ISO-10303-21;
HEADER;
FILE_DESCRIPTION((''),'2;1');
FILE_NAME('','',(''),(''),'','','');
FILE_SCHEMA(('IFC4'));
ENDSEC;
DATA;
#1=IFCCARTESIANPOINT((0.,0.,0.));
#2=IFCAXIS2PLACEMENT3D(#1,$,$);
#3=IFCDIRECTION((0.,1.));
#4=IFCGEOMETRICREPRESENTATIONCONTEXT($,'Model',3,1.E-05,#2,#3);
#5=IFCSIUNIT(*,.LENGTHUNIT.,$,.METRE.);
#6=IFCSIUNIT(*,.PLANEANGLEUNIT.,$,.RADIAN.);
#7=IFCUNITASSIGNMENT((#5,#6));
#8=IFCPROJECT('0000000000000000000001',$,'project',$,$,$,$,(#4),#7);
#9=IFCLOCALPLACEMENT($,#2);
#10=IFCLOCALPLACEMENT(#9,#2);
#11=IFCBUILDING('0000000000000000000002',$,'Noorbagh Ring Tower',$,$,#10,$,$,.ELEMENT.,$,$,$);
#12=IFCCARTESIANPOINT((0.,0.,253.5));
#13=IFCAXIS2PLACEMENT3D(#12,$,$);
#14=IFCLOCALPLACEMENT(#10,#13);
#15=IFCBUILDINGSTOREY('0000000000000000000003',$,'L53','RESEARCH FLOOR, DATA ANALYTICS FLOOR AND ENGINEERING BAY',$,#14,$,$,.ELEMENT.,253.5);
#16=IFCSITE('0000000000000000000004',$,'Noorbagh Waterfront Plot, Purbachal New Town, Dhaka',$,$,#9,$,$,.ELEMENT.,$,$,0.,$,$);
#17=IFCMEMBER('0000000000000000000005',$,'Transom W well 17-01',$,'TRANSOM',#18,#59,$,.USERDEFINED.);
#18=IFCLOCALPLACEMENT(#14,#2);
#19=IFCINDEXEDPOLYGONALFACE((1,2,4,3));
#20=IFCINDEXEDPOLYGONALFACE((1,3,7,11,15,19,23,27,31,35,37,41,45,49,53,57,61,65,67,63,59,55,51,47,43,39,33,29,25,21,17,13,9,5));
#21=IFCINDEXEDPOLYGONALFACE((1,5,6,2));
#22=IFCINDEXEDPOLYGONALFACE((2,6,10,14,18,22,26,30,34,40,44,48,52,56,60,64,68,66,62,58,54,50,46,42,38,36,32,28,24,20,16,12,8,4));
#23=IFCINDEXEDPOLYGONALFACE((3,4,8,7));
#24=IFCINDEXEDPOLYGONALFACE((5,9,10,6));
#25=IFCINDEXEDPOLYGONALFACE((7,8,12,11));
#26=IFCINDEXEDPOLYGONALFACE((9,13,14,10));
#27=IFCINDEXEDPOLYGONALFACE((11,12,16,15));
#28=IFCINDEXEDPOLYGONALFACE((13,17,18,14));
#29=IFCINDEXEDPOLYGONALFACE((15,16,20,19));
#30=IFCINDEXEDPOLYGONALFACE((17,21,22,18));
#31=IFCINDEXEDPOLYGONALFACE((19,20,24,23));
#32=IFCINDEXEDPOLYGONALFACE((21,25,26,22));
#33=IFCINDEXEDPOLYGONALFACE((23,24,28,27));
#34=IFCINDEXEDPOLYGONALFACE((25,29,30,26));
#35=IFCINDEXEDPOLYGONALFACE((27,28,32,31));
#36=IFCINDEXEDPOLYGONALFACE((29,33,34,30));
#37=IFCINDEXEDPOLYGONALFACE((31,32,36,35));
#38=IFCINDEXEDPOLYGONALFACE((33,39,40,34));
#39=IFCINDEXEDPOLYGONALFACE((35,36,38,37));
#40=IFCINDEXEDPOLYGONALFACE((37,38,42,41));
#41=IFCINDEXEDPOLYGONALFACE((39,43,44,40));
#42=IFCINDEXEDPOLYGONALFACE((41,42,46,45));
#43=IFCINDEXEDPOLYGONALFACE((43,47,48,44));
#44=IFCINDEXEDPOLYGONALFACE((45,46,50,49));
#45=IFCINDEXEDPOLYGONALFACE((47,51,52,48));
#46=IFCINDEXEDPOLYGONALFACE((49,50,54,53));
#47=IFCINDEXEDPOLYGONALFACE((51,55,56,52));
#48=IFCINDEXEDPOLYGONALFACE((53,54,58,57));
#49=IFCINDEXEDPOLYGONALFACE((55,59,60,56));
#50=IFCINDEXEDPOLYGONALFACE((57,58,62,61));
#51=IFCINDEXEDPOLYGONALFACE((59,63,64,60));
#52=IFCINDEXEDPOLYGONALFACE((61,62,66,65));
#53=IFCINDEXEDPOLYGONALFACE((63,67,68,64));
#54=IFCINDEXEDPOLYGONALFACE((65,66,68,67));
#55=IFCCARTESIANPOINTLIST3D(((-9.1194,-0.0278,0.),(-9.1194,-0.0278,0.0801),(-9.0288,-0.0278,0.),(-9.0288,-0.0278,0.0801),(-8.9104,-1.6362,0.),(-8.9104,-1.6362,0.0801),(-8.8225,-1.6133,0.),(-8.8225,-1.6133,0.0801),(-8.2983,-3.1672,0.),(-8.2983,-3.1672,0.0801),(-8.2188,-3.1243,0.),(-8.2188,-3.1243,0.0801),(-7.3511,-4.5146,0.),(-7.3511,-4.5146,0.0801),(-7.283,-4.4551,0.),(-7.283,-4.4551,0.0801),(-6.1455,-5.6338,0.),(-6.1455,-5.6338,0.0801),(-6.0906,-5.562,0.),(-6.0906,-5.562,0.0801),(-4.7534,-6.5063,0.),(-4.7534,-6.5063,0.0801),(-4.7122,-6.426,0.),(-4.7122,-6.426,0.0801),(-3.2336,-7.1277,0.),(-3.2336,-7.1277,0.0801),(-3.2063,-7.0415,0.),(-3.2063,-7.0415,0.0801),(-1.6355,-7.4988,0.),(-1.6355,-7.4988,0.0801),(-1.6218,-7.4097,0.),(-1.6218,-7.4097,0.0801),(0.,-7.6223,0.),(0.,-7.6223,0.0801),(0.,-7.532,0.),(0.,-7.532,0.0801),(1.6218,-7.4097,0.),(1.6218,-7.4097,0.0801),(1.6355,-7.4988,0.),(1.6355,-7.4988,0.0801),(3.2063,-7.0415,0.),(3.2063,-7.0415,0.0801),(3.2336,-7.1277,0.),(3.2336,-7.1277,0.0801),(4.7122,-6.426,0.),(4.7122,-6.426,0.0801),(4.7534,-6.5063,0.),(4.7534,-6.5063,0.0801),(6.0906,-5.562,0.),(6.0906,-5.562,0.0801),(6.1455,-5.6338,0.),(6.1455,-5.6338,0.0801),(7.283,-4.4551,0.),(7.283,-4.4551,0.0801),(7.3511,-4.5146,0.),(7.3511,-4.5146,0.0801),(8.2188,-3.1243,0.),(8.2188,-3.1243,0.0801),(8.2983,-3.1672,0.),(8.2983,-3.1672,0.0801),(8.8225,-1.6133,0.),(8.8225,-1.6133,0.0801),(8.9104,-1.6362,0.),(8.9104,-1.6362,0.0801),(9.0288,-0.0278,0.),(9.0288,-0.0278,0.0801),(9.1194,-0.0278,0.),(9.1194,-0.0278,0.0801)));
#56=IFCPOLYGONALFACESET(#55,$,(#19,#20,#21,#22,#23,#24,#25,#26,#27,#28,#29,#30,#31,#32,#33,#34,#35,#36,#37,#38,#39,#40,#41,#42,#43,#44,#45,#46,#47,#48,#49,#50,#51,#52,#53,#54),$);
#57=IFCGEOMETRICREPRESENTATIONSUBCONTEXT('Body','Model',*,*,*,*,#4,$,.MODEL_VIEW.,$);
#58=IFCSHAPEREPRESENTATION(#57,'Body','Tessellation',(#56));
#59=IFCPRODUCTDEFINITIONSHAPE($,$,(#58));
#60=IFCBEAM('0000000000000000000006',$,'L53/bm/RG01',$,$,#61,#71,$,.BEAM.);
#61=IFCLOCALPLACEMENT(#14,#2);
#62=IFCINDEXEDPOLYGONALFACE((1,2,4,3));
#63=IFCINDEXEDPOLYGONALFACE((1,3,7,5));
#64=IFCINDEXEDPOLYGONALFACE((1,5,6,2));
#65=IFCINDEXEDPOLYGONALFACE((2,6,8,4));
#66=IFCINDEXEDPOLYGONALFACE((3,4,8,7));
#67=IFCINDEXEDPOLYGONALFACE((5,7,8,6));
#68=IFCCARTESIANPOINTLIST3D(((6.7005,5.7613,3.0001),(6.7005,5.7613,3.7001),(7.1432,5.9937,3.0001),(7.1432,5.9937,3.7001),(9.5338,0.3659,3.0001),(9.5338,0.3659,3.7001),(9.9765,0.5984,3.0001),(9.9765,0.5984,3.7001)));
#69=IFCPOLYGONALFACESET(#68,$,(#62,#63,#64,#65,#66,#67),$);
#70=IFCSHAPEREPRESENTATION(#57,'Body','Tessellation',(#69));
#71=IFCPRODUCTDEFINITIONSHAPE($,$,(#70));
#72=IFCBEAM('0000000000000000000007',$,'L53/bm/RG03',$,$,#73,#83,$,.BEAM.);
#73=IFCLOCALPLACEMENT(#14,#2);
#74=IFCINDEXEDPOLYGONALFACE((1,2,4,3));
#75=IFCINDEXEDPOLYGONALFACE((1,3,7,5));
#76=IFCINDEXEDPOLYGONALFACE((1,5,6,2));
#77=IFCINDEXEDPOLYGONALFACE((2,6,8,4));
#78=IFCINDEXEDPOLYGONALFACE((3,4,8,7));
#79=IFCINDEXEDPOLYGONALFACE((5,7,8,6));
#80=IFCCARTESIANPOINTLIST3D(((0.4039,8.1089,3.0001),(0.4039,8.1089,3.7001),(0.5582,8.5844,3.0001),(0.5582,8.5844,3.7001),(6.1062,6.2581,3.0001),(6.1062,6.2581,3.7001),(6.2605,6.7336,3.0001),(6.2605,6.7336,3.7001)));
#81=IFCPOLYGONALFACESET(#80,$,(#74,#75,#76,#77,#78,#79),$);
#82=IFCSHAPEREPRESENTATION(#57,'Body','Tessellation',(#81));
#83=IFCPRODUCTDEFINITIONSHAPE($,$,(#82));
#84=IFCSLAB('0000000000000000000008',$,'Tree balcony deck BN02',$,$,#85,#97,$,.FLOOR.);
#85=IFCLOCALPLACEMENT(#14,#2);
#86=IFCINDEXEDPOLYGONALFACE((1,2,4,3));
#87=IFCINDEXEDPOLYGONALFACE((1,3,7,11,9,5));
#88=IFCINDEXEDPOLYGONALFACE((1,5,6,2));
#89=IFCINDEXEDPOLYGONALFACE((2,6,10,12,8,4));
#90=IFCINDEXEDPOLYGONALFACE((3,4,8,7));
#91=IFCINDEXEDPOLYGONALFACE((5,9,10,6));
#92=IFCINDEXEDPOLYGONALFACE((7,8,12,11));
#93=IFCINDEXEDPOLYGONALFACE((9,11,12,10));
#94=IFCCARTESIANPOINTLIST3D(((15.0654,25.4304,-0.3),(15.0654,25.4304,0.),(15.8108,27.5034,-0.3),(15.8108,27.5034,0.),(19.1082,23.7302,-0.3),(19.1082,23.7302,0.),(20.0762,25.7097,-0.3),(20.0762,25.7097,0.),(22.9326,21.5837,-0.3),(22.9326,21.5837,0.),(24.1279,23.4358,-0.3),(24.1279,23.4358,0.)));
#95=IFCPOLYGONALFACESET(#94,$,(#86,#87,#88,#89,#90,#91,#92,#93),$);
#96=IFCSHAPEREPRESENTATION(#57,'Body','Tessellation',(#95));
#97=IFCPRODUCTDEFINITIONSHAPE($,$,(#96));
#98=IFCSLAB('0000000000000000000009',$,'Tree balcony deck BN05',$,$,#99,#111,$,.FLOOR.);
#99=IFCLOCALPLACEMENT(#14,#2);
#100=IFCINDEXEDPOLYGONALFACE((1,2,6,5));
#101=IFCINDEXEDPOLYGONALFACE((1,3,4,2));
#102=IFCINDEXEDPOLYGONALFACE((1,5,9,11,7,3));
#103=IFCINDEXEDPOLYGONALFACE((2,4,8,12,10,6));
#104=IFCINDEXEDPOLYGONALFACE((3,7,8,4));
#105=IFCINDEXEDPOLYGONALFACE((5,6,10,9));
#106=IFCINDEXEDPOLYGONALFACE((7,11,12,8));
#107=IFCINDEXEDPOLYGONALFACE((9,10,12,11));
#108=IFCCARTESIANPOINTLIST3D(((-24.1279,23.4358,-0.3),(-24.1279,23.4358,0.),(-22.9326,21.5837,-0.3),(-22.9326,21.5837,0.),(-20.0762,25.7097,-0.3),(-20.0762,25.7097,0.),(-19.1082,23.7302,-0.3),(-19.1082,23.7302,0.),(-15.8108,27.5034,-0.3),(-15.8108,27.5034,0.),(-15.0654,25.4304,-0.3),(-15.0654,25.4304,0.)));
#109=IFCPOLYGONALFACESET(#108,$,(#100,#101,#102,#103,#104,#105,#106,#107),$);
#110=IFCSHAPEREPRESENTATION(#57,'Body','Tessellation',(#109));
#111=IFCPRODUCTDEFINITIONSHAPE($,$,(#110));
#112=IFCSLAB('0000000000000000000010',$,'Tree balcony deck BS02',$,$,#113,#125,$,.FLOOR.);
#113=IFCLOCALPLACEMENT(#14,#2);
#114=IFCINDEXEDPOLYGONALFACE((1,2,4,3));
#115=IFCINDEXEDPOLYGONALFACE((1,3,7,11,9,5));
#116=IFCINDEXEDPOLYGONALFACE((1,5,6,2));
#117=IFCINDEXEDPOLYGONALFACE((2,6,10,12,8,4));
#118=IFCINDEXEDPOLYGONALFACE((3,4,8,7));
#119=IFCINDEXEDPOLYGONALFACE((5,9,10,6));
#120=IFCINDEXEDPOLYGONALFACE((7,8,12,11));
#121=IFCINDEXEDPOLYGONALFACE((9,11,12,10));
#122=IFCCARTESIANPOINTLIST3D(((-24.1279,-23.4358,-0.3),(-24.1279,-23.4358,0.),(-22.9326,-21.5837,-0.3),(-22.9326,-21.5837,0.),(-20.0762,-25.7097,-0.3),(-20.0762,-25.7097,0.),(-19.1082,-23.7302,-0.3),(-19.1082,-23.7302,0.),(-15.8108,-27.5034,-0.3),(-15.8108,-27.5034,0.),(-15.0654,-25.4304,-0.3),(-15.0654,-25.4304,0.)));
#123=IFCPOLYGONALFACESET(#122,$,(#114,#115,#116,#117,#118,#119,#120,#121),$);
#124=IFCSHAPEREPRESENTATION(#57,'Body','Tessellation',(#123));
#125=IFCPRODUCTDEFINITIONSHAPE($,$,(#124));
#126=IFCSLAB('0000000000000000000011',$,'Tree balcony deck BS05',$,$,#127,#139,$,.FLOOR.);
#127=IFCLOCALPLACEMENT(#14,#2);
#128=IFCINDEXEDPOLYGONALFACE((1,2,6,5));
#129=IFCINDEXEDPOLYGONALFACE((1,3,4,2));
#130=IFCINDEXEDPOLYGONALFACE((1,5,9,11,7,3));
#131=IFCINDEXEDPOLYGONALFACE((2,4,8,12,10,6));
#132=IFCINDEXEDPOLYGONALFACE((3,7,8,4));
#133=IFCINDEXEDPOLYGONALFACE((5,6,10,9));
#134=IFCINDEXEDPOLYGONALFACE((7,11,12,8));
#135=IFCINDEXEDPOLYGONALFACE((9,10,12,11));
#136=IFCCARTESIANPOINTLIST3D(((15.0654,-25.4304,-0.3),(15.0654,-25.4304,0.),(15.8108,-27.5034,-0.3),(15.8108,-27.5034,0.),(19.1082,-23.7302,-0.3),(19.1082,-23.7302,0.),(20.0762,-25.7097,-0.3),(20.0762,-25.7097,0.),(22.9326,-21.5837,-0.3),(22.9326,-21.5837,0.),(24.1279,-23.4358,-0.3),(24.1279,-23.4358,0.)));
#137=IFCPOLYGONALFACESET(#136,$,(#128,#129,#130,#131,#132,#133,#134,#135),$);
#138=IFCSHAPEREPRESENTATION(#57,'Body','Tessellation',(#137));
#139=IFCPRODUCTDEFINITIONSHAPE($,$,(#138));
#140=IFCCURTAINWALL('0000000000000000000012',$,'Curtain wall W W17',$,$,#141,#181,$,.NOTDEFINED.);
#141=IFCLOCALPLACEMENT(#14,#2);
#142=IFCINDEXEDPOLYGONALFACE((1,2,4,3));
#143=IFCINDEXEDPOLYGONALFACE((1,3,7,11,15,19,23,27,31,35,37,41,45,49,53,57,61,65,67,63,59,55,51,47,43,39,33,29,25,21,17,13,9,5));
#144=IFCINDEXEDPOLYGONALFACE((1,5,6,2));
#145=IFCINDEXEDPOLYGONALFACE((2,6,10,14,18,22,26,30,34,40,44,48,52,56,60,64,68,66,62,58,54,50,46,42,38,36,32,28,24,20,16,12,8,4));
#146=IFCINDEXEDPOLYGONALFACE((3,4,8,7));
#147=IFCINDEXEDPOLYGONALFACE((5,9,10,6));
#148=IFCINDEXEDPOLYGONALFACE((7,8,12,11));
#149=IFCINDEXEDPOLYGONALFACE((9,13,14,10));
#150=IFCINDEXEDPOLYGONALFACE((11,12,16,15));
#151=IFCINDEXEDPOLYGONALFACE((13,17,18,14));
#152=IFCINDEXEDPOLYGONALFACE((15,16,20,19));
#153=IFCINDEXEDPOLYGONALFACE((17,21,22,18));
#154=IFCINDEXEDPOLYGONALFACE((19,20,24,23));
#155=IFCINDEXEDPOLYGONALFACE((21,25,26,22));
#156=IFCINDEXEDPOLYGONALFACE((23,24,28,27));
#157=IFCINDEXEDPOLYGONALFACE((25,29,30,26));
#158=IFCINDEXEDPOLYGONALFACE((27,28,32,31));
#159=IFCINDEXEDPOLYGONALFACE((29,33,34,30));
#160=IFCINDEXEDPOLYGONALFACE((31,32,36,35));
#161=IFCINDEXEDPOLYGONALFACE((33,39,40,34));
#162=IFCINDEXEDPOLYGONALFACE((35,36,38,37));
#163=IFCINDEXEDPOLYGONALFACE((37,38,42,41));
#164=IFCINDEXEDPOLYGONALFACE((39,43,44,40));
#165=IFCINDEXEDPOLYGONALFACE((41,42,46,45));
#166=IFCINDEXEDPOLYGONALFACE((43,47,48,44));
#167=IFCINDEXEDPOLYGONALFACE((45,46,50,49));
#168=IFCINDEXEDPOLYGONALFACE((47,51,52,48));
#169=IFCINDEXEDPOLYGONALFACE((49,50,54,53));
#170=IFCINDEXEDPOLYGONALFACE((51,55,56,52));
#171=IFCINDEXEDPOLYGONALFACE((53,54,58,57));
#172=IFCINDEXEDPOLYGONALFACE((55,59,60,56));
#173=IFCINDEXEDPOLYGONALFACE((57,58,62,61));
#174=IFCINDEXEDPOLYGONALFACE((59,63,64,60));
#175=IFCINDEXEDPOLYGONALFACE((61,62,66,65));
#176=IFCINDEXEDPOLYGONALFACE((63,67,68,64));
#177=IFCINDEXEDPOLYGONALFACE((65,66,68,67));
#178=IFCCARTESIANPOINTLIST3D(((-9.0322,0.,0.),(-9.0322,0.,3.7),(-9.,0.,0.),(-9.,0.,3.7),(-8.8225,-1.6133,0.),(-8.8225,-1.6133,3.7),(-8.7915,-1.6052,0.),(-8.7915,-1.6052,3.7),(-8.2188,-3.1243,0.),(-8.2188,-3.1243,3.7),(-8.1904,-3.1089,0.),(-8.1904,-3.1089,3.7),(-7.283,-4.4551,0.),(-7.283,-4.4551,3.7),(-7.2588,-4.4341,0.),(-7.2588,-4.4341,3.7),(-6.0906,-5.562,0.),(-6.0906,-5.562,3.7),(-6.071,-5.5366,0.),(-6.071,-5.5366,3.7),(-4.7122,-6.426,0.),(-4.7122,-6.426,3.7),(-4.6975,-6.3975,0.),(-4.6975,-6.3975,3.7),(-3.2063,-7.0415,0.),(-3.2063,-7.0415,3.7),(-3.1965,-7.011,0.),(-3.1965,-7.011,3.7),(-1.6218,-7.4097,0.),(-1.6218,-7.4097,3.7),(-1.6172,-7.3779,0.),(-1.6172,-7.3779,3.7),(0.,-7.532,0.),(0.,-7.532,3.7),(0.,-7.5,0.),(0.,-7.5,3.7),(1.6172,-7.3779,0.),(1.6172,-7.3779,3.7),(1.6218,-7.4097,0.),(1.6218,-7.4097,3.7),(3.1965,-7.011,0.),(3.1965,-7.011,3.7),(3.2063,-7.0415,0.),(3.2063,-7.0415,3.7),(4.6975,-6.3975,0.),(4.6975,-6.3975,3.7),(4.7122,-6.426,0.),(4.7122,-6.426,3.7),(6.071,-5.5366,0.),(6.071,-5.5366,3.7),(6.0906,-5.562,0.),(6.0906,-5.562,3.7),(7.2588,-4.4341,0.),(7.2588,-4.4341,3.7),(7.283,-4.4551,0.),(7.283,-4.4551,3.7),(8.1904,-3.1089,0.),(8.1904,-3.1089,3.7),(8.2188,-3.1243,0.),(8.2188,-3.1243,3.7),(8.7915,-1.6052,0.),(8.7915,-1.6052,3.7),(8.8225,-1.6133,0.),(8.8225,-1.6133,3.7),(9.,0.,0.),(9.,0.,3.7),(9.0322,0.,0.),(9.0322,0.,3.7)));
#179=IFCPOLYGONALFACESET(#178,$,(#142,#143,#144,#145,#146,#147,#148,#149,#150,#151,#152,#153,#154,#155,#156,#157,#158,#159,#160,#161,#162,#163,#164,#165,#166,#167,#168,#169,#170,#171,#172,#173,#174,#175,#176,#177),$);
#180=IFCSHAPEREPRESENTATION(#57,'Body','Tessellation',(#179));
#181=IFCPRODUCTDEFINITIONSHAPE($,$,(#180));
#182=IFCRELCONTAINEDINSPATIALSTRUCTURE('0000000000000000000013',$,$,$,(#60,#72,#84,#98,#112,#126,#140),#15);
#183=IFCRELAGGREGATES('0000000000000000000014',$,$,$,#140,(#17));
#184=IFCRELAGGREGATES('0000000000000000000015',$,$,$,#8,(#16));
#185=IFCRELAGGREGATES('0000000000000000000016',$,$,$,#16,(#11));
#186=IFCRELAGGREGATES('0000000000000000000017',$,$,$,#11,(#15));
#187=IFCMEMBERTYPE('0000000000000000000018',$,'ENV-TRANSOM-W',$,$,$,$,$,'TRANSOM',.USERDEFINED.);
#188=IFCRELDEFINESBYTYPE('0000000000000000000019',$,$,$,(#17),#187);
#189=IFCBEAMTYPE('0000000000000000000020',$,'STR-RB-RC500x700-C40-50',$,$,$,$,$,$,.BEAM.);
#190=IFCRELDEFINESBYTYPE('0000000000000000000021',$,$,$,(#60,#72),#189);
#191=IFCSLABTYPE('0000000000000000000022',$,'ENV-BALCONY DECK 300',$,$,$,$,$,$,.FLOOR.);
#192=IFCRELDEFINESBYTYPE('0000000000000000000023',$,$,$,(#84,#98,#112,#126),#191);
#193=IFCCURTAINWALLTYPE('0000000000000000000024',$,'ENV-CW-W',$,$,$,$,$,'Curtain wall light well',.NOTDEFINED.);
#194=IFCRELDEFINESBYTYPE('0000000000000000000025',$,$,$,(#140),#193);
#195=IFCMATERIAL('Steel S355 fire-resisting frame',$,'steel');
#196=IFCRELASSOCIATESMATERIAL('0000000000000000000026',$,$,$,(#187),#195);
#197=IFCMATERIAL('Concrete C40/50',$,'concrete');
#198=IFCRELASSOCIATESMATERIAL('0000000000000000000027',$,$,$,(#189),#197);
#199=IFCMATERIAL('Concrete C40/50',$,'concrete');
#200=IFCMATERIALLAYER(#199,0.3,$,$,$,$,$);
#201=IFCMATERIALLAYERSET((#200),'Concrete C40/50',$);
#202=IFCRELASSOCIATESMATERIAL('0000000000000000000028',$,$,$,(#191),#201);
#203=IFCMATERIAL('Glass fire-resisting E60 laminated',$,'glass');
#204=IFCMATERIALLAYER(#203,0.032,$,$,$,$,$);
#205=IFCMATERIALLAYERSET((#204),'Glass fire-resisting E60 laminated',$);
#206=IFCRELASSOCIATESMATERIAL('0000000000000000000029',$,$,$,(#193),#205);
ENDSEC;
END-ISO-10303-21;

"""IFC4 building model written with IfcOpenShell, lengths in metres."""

from ifc_helpers import new_model, si_unit, direction, frame, origin, origin_2d, place, context, subcontext, project, spatial, polyline, rectangle, outline, extrude, material, layer, layer_set, material_profile, profile_set, type_object, element, aggregate, save


model = new_model("IFC4")

# Units and contexts
model_context = context("Model", 3, precision=1e-05, world=origin(), true_north=direction((0.0, 1.0)))
body_context = subcontext(model_context, "Body", "Model", "MODEL_VIEW")
ifc_project = project(units=[si_unit("LENGTHUNIT", "METRE"), si_unit("PLANEANGLEUNIT", "RADIAN")], contexts=[model_context])

# Site, building, storey
site_placement = place(None, origin())
site = spatial("IfcSite", under=ifc_project, at=site_placement, Name="Noorbagh Waterfront Plot, Purbachal New Town, Dhaka", CompositionType="ELEMENT", RefElevation=0.0)
building_placement = place(site_placement, origin())
building = spatial("IfcBuilding", under=site, at=building_placement, Name="Noorbagh Ring Tower", CompositionType="ELEMENT")
storey_placement = place(building_placement, frame((0.0, 0.0, 253.5)))
storey = spatial("IfcBuildingStorey", under=building, at=storey_placement, Name="L53", Description="RESEARCH FLOOR, DATA ANALYTICS FLOOR AND ENGINEERING BAY", CompositionType="ELEMENT", Elevation=253.5)

# Member
ifc_material_1 = material(Name="Steel S355 fire-resisting frame", Category="steel")
member_type_1 = type_object("IfcMemberType", Name="ENV-TRANSOM-W", ElementType="TRANSOM", PredefinedType="USERDEFINED", material=ifc_material_1)
member_1_placement = place(storey_placement, origin())
member_1 = element("IfcMember", 1, at=member_1_placement, type_object=member_type_1, Name="Transom W well 17-01", ObjectType="TRANSOM", PredefinedType="USERDEFINED", context=body_context, shape_type="SweptSolid", body=[
    extrude(outline(polyline([(-9.1194, -0.0278), (-8.9104, -1.6362), (-8.2983, -3.1672), (-7.3511, -4.5146), (-6.1455, -5.6338), (-4.7534, -6.5063), (-3.2336, -7.1277), (-1.6355, -7.4988), (0.0, -7.6223), (1.6355, -7.4988), (3.2336, -7.1277), (4.7534, -6.5063), (6.1455, -5.6338), (7.3511, -4.5146), (8.2983, -3.1672), (8.9104, -1.6362), (9.1194, -0.0278), (9.0288, -0.0278), (8.8225, -1.6133), (8.2188, -3.1243), (7.283, -4.4551), (6.0906, -5.562), (4.7122, -6.426), (3.2063, -7.0415), (1.6218, -7.4097), (0.0, -7.532), (-1.6218, -7.4097), (-3.2063, -7.0415), (-4.7122, -6.426), (-6.0906, -5.562), (-7.283, -4.4551), (-8.2188, -3.1243), (-8.8225, -1.6133), (-9.0288, -0.0278), (-9.1194, -0.0278)])), origin(), (0.0, 0.0, 1.0), 0.0801),
])

# Beams
ifc_material_2 = material(Name="Concrete C40/50", Category="concrete")
ifc_material_profile_1 = material_profile(ifc_material_2, rectangle(XDim=0.5, YDim=0.7, at=origin_2d()), Name="RC500x700")
ifc_profile_set_1 = profile_set([ifc_material_profile_1], Name="Concrete C40/50")
beam_type = type_object("IfcBeamType", Name="STR-RB-RC500x700-C40-50", PredefinedType="BEAM", material=ifc_profile_set_1)
beam_1_placement = place(storey_placement, frame((9.7551, 0.4822, 3.3501), z_axis=(-0.464929, 0.885348, 0.0), x_axis=(-0.885348, -0.464929, 0.0)))
element("IfcBeam", 2, at=beam_1_placement, inside=storey, type_object=beam_type, Name="L53/bm/RG01", PredefinedType="BEAM", context=body_context, shape_type="SweptSolid", body=[
    extrude(rectangle(XDim=0.5, YDim=0.7, at=origin_2d()), origin(), (0.0, 0.0, 1.0), 6.094),
])
beam_2_placement = place(storey_placement, frame((6.1833, 6.4958, 3.3501), z_axis=(-0.951154, 0.308717, 0.0), x_axis=(-0.308717, -0.951154, 0.0)))
element("IfcBeam", 3, at=beam_2_placement, inside=storey, type_object=beam_type, Name="L53/bm/RG03", PredefinedType="BEAM", context=body_context, shape_type="SweptSolid", body=[
    extrude(rectangle(XDim=0.5, YDim=0.7, at=origin_2d()), origin(), (0.0, 0.0, 1.0), 5.9951),
])

# Slabs
ifc_material_3 = material(Name="Concrete C40/50", Category="concrete")
ifc_layer_1 = layer(ifc_material_3, 0.3)
ifc_layer_set_1 = layer_set([ifc_layer_1], Name="Concrete C40/50")
slab_type = type_object("IfcSlabType", Name="ENV-BALCONY DECK 300", PredefinedType="FLOOR", material=ifc_layer_set_1)
slab_1_placement = place(storey_placement, frame((0.0, 0.0, -0.3)))
element("IfcSlab", 4, at=slab_1_placement, inside=storey, type_object=slab_type, Name="Tree balcony deck BN02", PredefinedType="FLOOR", context=body_context, shape_type="SweptSolid", body=[
    extrude(outline(polyline([(24.1279, 23.4358), (20.0762, 25.7097), (15.8108, 27.5034), (15.0654, 25.4304), (19.1082, 23.7302), (22.9326, 21.5837), (24.1279, 23.4358)])), origin(), (0.0, 0.0, 1.0), 0.3),
])
slab_2_placement = place(storey_placement, frame((0.0, 0.0, -0.3)))
element("IfcSlab", 5, at=slab_2_placement, inside=storey, type_object=slab_type, Name="Tree balcony deck BN05", PredefinedType="FLOOR", context=body_context, shape_type="SweptSolid", body=[
    extrude(outline(polyline([(-15.8108, 27.5034), (-20.0762, 25.7097), (-24.1279, 23.4358), (-22.9326, 21.5837), (-19.1082, 23.7302), (-15.0654, 25.4304), (-15.8108, 27.5034)])), origin(), (0.0, 0.0, 1.0), 0.3),
])
slab_3_placement = place(storey_placement, frame((0.0, 0.0, -0.3)))
element("IfcSlab", 6, at=slab_3_placement, inside=storey, type_object=slab_type, Name="Tree balcony deck BS02", PredefinedType="FLOOR", context=body_context, shape_type="SweptSolid", body=[
    extrude(outline(polyline([(-24.1279, -23.4358), (-20.0762, -25.7097), (-15.8108, -27.5034), (-15.0654, -25.4304), (-19.1082, -23.7302), (-22.9326, -21.5837), (-24.1279, -23.4358)])), origin(), (0.0, 0.0, 1.0), 0.3),
])
slab_4_placement = place(storey_placement, frame((0.0, 0.0, -0.3)))
element("IfcSlab", 7, at=slab_4_placement, inside=storey, type_object=slab_type, Name="Tree balcony deck BS05", PredefinedType="FLOOR", context=body_context, shape_type="SweptSolid", body=[
    extrude(outline(polyline([(15.8108, -27.5034), (20.0762, -25.7097), (24.1279, -23.4358), (22.9326, -21.5837), (19.1082, -23.7302), (15.0654, -25.4304), (15.8108, -27.5034)])), origin(), (0.0, 0.0, 1.0), 0.3),
])

# Curtain wall
ifc_material_4 = material(Name="Glass fire-resisting E60 laminated", Category="glass")
ifc_layer_2 = layer(ifc_material_4, 0.032)
ifc_layer_set_2 = layer_set([ifc_layer_2], Name="Glass fire-resisting E60 laminated")
curtain_wall_type = type_object("IfcCurtainWallType", Name="ENV-CW-W", ElementType="Curtain wall light well", PredefinedType="NOTDEFINED", material=ifc_layer_set_2)
curtain_wall_1_placement = place(storey_placement, origin())
curtain_wall_1 = element("IfcCurtainWall", 8, at=curtain_wall_1_placement, inside=storey, type_object=curtain_wall_type, Name="Curtain wall W W17", PredefinedType="NOTDEFINED", context=body_context, shape_type="SweptSolid", body=[
    extrude(outline(polyline([(-9.0322, 0.0), (-8.8225, -1.6133), (-8.2188, -3.1243), (-7.283, -4.4551), (-6.0906, -5.562), (-4.7122, -6.426), (-3.2063, -7.0415), (-1.6218, -7.4097), (0.0, -7.532), (1.6218, -7.4097), (3.2063, -7.0415), (4.7122, -6.426), (6.0906, -5.562), (7.283, -4.4551), (8.2188, -3.1243), (8.8225, -1.6133), (9.0322, 0.0), (9.0, 0.0), (8.7915, -1.6052), (8.1904, -3.1089), (7.2588, -4.4341), (6.071, -5.5366), (4.6975, -6.3975), (3.1965, -7.011), (1.6172, -7.3779), (0.0, -7.5), (-1.6172, -7.3779), (-3.1965, -7.011), (-4.6975, -6.3975), (-6.071, -5.5366), (-7.2588, -4.4341), (-8.1904, -3.1089), (-8.7915, -1.6052), (-9.0, 0.0), (-9.0322, 0.0)])), origin(), (0.0, 0.0, 1.0), 3.7),
])
aggregate(curtain_wall_1, [member_1])

save(model, "model.ifc")
